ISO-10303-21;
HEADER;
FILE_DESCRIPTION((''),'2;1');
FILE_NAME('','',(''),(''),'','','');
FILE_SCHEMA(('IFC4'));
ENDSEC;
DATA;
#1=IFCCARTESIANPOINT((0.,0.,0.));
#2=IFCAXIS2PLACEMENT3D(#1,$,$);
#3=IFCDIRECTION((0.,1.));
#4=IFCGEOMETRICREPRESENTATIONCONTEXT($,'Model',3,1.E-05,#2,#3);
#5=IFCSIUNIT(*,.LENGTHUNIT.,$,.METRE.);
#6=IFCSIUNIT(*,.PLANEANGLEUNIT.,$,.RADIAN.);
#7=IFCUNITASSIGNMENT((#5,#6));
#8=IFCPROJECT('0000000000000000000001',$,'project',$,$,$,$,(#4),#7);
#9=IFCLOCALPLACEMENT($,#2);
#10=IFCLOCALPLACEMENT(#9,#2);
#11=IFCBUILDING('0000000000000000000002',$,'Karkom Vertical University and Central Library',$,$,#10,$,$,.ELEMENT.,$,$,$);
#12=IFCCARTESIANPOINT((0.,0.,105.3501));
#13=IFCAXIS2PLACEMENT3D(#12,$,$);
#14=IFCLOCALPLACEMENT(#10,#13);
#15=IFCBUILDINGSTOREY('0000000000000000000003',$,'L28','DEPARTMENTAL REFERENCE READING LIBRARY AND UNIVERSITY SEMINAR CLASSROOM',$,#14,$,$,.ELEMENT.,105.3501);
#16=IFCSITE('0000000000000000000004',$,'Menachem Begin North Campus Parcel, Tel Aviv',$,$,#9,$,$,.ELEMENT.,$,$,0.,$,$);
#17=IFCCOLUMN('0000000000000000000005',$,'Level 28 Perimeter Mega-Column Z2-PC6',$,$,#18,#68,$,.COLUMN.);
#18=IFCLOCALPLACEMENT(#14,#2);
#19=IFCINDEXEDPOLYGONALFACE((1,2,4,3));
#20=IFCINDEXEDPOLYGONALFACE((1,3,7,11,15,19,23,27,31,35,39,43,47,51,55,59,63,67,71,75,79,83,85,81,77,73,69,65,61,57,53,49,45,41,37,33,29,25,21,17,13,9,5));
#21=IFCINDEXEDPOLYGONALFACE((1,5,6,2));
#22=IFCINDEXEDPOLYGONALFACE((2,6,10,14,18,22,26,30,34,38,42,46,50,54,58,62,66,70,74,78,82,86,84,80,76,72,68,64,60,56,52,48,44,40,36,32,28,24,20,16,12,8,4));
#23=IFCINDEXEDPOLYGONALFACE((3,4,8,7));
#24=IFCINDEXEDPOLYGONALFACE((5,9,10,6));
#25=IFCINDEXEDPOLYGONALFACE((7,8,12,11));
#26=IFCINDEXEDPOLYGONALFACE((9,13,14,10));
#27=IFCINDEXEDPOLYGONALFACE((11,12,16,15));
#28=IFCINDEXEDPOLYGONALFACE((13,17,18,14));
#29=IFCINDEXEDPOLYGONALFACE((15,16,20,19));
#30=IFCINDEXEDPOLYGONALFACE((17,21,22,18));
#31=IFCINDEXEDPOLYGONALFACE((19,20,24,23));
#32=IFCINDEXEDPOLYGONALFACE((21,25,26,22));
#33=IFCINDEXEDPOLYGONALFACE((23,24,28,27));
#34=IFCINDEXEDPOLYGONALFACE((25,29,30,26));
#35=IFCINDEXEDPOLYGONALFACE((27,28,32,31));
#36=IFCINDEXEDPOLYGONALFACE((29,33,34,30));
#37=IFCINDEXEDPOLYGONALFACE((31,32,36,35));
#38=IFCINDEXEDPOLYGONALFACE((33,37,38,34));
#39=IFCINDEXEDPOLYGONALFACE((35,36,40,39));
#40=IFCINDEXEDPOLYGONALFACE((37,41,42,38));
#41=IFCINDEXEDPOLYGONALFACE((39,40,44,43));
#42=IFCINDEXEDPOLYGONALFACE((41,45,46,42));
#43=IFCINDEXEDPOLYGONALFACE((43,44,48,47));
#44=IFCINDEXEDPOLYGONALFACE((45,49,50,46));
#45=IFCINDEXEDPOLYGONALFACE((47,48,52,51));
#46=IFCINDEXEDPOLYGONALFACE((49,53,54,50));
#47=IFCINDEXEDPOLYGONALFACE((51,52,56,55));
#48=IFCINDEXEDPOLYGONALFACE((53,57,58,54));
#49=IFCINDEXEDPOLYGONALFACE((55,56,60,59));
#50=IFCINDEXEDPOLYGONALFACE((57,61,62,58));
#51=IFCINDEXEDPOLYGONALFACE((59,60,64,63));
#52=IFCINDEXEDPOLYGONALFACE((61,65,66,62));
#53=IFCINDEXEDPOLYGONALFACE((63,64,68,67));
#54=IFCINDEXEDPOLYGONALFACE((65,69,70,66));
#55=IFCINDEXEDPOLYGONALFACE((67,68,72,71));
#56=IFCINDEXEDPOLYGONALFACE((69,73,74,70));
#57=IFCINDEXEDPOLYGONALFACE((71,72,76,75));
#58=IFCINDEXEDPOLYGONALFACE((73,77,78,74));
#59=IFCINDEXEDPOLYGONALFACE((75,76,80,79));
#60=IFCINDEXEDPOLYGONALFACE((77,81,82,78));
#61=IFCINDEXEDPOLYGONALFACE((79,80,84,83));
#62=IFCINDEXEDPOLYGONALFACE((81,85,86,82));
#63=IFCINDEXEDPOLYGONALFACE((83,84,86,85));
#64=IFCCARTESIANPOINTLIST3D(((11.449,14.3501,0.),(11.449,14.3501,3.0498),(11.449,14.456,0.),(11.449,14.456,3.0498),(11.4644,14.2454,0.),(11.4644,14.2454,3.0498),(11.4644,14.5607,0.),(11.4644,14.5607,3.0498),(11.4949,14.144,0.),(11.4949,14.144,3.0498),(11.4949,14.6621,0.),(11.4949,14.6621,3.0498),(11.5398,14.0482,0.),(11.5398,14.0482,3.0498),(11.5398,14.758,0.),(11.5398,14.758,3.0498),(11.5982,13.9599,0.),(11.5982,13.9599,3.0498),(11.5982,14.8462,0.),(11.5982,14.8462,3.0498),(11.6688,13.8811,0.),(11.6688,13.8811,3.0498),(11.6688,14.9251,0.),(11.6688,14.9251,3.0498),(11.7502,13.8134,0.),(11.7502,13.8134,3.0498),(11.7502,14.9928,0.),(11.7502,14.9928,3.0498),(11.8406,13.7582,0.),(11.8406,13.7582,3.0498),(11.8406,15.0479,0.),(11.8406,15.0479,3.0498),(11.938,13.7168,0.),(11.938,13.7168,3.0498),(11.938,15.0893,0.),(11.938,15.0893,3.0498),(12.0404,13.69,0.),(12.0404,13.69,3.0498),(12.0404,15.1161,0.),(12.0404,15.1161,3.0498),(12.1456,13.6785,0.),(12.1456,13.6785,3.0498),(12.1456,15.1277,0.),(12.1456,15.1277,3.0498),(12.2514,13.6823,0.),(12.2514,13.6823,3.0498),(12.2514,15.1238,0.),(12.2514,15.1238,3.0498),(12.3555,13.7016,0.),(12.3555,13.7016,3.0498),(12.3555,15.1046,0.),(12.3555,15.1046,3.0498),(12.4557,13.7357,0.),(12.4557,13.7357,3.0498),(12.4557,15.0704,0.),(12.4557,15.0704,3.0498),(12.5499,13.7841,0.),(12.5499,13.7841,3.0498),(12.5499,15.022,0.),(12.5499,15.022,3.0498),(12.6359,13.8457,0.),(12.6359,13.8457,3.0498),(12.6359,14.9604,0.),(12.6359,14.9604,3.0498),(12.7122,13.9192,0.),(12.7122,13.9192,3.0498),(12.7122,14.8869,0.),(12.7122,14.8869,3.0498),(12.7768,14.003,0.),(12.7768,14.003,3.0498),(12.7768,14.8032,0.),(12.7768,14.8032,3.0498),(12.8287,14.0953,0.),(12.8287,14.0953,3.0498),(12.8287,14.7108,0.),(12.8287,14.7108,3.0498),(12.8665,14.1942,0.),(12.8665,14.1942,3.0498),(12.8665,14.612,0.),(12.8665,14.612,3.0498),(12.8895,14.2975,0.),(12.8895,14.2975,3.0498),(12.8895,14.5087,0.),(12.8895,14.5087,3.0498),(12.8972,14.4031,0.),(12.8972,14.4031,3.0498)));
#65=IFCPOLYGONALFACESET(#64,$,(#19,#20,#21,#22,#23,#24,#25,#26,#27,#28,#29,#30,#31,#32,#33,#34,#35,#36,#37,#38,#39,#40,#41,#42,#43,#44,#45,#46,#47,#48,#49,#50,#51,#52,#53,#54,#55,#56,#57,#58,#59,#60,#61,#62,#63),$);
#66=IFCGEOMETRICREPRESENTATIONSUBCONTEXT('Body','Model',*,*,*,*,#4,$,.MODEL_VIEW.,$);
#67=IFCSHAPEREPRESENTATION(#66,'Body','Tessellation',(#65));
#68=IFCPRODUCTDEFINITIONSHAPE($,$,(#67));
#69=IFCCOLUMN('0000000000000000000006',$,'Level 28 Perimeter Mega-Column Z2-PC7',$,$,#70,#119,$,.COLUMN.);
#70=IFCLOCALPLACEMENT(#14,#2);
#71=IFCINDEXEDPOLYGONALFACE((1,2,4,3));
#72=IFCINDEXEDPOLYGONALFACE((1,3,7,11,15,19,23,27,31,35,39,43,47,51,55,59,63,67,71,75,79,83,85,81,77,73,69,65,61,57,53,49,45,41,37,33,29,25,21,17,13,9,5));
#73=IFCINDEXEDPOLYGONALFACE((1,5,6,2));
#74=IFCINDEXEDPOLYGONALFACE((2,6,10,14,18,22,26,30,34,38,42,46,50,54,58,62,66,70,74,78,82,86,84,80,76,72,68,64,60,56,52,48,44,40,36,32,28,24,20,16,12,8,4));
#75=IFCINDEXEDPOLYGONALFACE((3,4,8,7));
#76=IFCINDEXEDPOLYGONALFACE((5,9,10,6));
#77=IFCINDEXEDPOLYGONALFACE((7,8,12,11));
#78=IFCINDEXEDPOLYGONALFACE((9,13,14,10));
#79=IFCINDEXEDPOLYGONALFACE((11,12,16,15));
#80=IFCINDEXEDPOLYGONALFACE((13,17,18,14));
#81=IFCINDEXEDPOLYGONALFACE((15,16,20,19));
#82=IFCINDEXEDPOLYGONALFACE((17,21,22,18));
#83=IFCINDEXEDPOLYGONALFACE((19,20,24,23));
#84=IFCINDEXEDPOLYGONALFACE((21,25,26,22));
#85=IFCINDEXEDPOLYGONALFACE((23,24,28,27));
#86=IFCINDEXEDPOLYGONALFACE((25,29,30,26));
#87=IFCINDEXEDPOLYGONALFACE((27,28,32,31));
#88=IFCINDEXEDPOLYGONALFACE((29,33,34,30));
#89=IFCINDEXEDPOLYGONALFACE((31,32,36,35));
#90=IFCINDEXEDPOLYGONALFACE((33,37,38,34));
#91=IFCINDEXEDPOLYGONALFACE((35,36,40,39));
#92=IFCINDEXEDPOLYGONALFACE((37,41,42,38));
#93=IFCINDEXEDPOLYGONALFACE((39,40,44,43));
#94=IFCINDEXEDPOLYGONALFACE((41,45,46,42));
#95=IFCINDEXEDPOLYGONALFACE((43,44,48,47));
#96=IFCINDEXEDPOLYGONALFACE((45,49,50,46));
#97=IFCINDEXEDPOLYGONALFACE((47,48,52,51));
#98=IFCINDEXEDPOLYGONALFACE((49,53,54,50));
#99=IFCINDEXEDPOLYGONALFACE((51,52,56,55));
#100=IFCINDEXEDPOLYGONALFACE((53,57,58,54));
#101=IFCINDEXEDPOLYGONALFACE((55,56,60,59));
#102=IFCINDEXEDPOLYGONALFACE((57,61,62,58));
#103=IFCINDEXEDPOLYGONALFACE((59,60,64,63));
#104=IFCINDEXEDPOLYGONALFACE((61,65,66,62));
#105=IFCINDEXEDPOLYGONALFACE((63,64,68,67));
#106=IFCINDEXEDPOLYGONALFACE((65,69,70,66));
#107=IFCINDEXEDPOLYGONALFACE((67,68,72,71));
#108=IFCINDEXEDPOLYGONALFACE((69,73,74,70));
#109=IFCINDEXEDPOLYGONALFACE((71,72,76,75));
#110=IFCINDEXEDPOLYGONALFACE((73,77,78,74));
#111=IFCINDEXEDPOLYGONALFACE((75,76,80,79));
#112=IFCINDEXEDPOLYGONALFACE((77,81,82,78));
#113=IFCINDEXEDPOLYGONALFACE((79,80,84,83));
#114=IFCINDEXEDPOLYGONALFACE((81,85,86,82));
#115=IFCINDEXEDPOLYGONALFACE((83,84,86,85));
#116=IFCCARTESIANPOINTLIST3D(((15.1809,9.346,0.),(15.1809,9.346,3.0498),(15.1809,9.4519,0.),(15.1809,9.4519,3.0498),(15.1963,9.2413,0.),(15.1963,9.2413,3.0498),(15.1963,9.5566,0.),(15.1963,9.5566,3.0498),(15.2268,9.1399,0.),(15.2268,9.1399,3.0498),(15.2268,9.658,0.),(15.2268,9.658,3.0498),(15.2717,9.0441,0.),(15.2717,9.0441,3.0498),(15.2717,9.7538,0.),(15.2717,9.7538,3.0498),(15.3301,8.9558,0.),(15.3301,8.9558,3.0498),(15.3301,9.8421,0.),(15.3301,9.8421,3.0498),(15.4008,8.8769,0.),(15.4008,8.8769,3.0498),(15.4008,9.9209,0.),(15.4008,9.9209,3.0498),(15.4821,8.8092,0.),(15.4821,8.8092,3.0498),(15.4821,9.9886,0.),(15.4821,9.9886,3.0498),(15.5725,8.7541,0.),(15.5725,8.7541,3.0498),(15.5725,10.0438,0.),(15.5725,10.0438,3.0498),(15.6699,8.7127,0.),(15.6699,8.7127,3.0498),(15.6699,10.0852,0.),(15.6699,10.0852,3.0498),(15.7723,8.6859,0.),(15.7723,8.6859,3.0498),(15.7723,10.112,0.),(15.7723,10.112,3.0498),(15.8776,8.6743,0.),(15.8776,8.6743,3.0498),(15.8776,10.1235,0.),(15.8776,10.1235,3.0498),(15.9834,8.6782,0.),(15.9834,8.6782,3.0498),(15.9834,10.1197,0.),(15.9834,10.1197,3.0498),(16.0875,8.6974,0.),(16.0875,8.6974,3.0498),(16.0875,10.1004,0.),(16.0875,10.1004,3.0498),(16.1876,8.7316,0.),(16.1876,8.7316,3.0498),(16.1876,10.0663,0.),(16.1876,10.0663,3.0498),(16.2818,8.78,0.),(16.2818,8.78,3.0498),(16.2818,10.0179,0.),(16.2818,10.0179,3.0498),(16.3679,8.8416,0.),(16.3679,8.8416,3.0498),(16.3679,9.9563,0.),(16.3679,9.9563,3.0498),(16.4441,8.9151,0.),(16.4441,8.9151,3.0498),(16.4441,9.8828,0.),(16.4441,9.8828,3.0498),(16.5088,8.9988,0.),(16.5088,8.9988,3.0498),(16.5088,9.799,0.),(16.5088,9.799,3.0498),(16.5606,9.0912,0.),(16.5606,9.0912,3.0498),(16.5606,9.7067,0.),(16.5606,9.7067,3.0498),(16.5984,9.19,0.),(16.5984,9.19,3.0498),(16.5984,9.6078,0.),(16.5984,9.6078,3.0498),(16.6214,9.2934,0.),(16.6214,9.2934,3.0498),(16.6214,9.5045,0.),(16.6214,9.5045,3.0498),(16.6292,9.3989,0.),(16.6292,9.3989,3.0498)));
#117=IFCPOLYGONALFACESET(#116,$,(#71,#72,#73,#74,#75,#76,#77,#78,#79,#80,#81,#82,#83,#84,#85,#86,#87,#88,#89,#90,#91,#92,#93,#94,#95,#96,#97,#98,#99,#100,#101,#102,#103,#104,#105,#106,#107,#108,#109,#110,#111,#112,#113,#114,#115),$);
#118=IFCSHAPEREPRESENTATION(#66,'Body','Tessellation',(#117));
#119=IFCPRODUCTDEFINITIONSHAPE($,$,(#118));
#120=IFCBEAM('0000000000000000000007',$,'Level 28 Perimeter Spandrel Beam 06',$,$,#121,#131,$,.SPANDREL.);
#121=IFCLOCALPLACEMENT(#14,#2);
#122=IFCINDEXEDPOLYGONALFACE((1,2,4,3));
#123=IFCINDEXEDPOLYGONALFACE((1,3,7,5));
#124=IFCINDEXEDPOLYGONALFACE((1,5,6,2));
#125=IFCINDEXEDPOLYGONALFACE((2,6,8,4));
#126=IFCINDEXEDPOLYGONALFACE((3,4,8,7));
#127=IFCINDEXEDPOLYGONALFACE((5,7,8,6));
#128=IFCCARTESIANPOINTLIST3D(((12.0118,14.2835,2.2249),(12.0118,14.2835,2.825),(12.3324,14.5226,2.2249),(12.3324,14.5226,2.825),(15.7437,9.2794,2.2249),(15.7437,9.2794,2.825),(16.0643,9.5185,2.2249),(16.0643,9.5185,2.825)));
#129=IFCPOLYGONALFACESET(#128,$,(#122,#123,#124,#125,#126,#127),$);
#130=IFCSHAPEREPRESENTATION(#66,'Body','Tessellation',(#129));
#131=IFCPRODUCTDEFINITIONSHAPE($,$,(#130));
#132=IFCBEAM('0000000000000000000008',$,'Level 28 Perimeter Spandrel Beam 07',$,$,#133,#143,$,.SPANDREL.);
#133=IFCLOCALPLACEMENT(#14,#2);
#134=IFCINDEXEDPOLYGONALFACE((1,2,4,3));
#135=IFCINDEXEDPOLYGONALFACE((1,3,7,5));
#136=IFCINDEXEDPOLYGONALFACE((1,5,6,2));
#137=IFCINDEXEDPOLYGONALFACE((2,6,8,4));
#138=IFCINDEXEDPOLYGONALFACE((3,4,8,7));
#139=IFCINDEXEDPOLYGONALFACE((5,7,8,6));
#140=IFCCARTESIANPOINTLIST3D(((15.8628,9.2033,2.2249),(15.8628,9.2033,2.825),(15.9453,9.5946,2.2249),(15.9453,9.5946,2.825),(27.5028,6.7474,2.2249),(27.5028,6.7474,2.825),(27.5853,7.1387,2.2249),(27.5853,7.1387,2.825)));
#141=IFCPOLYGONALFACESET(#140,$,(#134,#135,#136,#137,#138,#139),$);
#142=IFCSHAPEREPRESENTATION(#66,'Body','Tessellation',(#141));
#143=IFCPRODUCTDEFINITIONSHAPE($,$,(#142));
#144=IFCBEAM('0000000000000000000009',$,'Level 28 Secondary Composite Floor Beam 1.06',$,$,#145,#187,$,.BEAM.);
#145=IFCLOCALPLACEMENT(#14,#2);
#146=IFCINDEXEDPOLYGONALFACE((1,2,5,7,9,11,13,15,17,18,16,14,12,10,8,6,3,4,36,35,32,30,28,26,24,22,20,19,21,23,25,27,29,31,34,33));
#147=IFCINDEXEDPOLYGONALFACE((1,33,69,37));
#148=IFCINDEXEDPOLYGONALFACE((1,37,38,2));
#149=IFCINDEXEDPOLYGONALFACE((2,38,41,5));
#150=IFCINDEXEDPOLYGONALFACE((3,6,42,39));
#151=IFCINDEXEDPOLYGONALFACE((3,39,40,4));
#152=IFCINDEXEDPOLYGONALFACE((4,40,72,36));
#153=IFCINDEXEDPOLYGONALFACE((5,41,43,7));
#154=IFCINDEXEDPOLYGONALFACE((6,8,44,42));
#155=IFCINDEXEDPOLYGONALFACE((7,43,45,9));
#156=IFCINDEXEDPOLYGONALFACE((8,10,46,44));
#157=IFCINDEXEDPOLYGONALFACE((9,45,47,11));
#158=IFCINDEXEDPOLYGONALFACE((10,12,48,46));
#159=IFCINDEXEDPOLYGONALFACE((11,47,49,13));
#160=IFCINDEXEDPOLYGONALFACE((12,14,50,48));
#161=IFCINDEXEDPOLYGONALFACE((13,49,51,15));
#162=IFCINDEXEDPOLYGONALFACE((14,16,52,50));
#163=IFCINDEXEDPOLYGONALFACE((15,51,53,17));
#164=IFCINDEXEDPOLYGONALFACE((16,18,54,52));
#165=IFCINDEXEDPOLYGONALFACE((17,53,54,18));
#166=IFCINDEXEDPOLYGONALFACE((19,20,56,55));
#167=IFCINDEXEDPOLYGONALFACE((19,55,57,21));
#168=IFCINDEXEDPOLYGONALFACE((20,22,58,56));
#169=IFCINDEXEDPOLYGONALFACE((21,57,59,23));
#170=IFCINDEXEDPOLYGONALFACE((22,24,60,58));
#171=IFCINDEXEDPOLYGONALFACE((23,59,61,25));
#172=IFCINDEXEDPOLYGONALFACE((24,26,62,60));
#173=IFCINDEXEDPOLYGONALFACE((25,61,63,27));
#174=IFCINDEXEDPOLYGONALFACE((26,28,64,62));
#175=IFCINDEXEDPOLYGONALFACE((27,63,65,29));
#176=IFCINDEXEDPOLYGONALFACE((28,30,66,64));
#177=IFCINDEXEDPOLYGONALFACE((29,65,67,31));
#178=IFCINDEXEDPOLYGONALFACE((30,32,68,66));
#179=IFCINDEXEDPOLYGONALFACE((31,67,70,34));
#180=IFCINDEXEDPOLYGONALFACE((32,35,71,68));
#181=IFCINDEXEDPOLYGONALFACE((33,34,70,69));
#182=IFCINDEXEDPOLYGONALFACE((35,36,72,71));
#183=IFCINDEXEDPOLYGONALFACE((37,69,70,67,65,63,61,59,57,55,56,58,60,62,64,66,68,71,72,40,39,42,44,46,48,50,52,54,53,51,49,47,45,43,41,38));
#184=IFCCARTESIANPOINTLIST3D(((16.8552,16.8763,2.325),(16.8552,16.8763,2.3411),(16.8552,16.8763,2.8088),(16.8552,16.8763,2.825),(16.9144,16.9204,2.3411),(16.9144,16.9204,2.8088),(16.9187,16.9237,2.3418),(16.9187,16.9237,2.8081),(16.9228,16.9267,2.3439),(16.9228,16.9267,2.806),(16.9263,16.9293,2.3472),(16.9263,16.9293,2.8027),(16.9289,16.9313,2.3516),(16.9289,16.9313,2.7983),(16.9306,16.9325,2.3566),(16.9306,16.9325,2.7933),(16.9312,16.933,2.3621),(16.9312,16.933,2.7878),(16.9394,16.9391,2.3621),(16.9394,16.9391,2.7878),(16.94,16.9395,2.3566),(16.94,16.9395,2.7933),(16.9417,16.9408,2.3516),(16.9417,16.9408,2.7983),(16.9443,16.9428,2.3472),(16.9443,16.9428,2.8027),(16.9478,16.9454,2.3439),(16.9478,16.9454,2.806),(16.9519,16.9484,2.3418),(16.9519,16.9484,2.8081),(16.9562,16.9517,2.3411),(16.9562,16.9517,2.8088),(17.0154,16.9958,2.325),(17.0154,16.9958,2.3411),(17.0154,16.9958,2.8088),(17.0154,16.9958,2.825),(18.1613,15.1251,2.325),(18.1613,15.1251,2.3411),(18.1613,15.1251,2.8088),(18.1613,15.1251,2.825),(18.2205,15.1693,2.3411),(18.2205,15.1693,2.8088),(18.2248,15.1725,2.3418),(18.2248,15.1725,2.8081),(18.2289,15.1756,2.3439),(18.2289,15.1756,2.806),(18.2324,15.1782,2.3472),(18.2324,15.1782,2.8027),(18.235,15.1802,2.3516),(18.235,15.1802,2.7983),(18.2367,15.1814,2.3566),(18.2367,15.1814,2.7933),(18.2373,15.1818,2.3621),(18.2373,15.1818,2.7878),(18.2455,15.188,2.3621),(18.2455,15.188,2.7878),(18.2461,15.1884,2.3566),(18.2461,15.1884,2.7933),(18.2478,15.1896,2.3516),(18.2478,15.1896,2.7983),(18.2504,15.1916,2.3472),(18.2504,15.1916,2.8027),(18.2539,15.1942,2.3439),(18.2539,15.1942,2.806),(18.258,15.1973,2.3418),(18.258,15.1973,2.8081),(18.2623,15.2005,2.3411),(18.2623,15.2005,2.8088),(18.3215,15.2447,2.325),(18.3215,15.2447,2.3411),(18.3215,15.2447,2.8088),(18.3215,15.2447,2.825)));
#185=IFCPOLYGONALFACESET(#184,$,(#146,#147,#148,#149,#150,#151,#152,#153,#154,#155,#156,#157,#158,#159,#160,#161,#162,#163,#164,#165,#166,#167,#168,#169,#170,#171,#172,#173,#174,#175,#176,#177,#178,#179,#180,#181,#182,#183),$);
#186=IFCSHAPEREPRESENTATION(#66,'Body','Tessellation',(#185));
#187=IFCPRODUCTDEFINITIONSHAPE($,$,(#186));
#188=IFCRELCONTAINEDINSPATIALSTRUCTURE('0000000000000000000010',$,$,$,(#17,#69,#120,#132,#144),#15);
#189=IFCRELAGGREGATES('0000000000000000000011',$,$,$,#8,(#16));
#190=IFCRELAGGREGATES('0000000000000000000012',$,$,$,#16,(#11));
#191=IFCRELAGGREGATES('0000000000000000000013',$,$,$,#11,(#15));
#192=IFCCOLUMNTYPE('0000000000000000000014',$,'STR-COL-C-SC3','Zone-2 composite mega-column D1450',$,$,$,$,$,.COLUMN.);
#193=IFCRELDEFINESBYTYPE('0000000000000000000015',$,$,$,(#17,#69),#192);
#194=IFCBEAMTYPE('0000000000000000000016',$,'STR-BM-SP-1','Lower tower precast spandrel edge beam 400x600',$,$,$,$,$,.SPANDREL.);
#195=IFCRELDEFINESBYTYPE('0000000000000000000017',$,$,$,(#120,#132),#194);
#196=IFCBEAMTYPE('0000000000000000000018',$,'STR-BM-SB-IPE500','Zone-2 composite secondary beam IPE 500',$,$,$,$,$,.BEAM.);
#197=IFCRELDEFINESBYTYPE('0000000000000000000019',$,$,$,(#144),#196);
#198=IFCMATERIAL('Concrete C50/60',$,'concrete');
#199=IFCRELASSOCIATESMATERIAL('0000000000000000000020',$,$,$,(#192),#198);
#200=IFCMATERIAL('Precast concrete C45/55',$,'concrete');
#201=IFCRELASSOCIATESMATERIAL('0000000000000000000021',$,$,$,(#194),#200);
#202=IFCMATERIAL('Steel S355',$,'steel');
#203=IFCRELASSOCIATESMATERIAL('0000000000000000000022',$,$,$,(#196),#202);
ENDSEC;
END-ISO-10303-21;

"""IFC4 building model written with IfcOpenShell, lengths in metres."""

from ifc_helpers import new_model, si_unit, direction, frame, origin, origin_with_axes, origin_2d, place, context, subcontext, project, spatial, rectangle, circle, i_section, extrude, source, transform, mapped, material, material_profile, profile_set, type_object, element, save


model = new_model("IFC4")

# Units and contexts
model_context = context("Model", 3, precision=1e-05, world=origin(), true_north=direction((0.0, 1.0)))
body_context = subcontext(model_context, "Body", "Model", "MODEL_VIEW")
ifc_project = project(units=[si_unit("LENGTHUNIT", "METRE"), si_unit("PLANEANGLEUNIT", "RADIAN")], contexts=[model_context])

# Site, building, storey
site_placement = place(None, origin())
site = spatial("IfcSite", under=ifc_project, at=site_placement, Name="Menachem Begin North Campus Parcel, Tel Aviv", CompositionType="ELEMENT", RefElevation=0.0)
building_placement = place(site_placement, origin())
building = spatial("IfcBuilding", under=site, at=building_placement, Name="Karkom Vertical University and Central Library", CompositionType="ELEMENT")
storey_placement = place(building_placement, frame((0.0, 0.0, 105.3501)))
storey = spatial("IfcBuildingStorey", under=building, at=storey_placement, Name="L28", Description="DEPARTMENTAL REFERENCE READING LIBRARY AND UNIVERSITY SEMINAR CLASSROOM", CompositionType="ELEMENT", Elevation=105.3501)

# Columns
ifc_material_1 = material(Name="Concrete C50/60", Category="concrete")
ifc_material_profile_1 = material_profile(ifc_material_1, circle(Radius=0.7251, at=origin_2d()), Name="CFT-D1450")
ifc_profile_set_1 = profile_set([ifc_material_profile_1], Name="Concrete C50/60")
column_type = type_object("IfcColumnType", Name="STR-COL-C-SC3", Description="Zone-2 composite mega-column D1450", PredefinedType="COLUMN", material=ifc_profile_set_1)
shared_shape_1 = source(origin_with_axes(), body_context, "Body", "SweptSolid", [
    extrude(circle(Radius=0.7251, at=origin_2d()), origin(), (0.0, 0.0, 1.0), 3.0498),
])
for number, where, z_axis, x_axis, name in (
    (1, (12.1721, 14.4031, 0.0), (0.0, 0.0, 1.0), (1.0, 0.0, 0.0), "Level 28 Perimeter Mega-Column Z2-PC6"),
    (2, (15.9041, 9.3989, 0.0), (0.0, 0.0, 1.0), (1.0, 0.0, 0.0), "Level 28 Perimeter Mega-Column Z2-PC7"),
):
    element("IfcColumn", number, at=place(storey_placement, frame(where, z_axis=z_axis, x_axis=x_axis)), inside=storey, type_object=column_type, Name=name, PredefinedType="COLUMN", context=body_context, shape_type="MappedRepresentation", body=[
        mapped(shared_shape_1, transform((0.0, 0.0, 0.0), scale=1.0)),
    ])

# Beams
ifc_material_2 = material(Name="Precast concrete C45/55", Category="concrete")
ifc_material_profile_2 = material_profile(ifc_material_2, rectangle(XDim=0.3999, YDim=0.6001, at=origin_2d()), Name="SPB-400x600")
ifc_profile_set_2 = profile_set([ifc_material_profile_2], Name="Precast concrete C45/55")
beam_type_1 = type_object("IfcBeamType", Name="STR-BM-SP-1", Description="Lower tower precast spandrel edge beam 400x600", PredefinedType="SPANDREL", material=ifc_profile_set_2)
shared_shape_2 = source(origin_with_axes(), body_context, "Body", "SweptSolid", [
    extrude(rectangle(XDim=0.3999, YDim=0.6001, at=origin_2d()), origin(), (0.0, 0.0, 1.0), 6.2424),
])
beam_1_placement = place(storey_placement, frame((12.1721, 14.4031, 2.5249), z_axis=(0.597826, -0.801626, 0.0), x_axis=(0.801626, 0.597826, 0.0)))
element("IfcBeam", 3, at=beam_1_placement, inside=storey, type_object=beam_type_1, Name="Level 28 Perimeter Spandrel Beam 06", PredefinedType="SPANDREL", context=body_context, shape_type="MappedRepresentation", body=[
    mapped(shared_shape_2, transform((0.0, 0.0, 0.0), scale=1.0)),
])
shared_shape_3 = source(origin_with_axes(), body_context, "Body", "SweptSolid", [
    extrude(rectangle(XDim=0.3999, YDim=0.6001, at=origin_2d()), origin(), (0.0, 0.0, 1.0), 11.8962),
])
beam_2_placement = place(storey_placement, frame((15.9041, 9.3989, 2.5249), z_axis=(0.97846, -0.206438, 0.0), x_axis=(0.206438, 0.97846, 0.0)))
element("IfcBeam", 4, at=beam_2_placement, inside=storey, type_object=beam_type_1, Name="Level 28 Perimeter Spandrel Beam 07", PredefinedType="SPANDREL", context=body_context, shape_type="MappedRepresentation", body=[
    mapped(shared_shape_3, transform((0.0, 0.0, 0.0), scale=1.0)),
])
ifc_material_3 = material(Name="Steel S355", Category="steel")
ifc_material_profile_3 = material_profile(ifc_material_3, i_section(OverallWidth=0.2, OverallDepth=0.5, WebThickness=0.0103, FlangeThickness=0.0161, FilletRadius=0.021, at=origin_2d()), Name="IPE 500")
ifc_profile_set_3 = profile_set([ifc_material_profile_3], Name="Steel S355")
beam_type_2 = type_object("IfcBeamType", Name="STR-BM-SB-IPE500", Description="Zone-2 composite secondary beam IPE 500", PredefinedType="BEAM", material=ifc_profile_set_3)
shared_shape_4 = source(origin_with_axes(), body_context, "Body", "SweptSolid", [
    extrude(i_section(OverallWidth=0.2, OverallDepth=0.5, WebThickness=0.0103, FlangeThickness=0.0161, FilletRadius=0.021, at=origin_2d()), origin(), (0.0, 0.0, 1.0), 2.1846),
])
beam_3_placement = place(storey_placement, frame((16.9353, 16.936, 2.575), z_axis=(0.59787, -0.801593, 0.0), x_axis=(0.801593, 0.59787, 0.0)))
element("IfcBeam", 5, at=beam_3_placement, inside=storey, type_object=beam_type_2, Name="Level 28 Secondary Composite Floor Beam 1.06", PredefinedType="BEAM", context=body_context, shape_type="MappedRepresentation", body=[
    mapped(shared_shape_4, transform((0.0, 0.0, 0.0), scale=1.0)),
])

save(model, "model.ifc")
